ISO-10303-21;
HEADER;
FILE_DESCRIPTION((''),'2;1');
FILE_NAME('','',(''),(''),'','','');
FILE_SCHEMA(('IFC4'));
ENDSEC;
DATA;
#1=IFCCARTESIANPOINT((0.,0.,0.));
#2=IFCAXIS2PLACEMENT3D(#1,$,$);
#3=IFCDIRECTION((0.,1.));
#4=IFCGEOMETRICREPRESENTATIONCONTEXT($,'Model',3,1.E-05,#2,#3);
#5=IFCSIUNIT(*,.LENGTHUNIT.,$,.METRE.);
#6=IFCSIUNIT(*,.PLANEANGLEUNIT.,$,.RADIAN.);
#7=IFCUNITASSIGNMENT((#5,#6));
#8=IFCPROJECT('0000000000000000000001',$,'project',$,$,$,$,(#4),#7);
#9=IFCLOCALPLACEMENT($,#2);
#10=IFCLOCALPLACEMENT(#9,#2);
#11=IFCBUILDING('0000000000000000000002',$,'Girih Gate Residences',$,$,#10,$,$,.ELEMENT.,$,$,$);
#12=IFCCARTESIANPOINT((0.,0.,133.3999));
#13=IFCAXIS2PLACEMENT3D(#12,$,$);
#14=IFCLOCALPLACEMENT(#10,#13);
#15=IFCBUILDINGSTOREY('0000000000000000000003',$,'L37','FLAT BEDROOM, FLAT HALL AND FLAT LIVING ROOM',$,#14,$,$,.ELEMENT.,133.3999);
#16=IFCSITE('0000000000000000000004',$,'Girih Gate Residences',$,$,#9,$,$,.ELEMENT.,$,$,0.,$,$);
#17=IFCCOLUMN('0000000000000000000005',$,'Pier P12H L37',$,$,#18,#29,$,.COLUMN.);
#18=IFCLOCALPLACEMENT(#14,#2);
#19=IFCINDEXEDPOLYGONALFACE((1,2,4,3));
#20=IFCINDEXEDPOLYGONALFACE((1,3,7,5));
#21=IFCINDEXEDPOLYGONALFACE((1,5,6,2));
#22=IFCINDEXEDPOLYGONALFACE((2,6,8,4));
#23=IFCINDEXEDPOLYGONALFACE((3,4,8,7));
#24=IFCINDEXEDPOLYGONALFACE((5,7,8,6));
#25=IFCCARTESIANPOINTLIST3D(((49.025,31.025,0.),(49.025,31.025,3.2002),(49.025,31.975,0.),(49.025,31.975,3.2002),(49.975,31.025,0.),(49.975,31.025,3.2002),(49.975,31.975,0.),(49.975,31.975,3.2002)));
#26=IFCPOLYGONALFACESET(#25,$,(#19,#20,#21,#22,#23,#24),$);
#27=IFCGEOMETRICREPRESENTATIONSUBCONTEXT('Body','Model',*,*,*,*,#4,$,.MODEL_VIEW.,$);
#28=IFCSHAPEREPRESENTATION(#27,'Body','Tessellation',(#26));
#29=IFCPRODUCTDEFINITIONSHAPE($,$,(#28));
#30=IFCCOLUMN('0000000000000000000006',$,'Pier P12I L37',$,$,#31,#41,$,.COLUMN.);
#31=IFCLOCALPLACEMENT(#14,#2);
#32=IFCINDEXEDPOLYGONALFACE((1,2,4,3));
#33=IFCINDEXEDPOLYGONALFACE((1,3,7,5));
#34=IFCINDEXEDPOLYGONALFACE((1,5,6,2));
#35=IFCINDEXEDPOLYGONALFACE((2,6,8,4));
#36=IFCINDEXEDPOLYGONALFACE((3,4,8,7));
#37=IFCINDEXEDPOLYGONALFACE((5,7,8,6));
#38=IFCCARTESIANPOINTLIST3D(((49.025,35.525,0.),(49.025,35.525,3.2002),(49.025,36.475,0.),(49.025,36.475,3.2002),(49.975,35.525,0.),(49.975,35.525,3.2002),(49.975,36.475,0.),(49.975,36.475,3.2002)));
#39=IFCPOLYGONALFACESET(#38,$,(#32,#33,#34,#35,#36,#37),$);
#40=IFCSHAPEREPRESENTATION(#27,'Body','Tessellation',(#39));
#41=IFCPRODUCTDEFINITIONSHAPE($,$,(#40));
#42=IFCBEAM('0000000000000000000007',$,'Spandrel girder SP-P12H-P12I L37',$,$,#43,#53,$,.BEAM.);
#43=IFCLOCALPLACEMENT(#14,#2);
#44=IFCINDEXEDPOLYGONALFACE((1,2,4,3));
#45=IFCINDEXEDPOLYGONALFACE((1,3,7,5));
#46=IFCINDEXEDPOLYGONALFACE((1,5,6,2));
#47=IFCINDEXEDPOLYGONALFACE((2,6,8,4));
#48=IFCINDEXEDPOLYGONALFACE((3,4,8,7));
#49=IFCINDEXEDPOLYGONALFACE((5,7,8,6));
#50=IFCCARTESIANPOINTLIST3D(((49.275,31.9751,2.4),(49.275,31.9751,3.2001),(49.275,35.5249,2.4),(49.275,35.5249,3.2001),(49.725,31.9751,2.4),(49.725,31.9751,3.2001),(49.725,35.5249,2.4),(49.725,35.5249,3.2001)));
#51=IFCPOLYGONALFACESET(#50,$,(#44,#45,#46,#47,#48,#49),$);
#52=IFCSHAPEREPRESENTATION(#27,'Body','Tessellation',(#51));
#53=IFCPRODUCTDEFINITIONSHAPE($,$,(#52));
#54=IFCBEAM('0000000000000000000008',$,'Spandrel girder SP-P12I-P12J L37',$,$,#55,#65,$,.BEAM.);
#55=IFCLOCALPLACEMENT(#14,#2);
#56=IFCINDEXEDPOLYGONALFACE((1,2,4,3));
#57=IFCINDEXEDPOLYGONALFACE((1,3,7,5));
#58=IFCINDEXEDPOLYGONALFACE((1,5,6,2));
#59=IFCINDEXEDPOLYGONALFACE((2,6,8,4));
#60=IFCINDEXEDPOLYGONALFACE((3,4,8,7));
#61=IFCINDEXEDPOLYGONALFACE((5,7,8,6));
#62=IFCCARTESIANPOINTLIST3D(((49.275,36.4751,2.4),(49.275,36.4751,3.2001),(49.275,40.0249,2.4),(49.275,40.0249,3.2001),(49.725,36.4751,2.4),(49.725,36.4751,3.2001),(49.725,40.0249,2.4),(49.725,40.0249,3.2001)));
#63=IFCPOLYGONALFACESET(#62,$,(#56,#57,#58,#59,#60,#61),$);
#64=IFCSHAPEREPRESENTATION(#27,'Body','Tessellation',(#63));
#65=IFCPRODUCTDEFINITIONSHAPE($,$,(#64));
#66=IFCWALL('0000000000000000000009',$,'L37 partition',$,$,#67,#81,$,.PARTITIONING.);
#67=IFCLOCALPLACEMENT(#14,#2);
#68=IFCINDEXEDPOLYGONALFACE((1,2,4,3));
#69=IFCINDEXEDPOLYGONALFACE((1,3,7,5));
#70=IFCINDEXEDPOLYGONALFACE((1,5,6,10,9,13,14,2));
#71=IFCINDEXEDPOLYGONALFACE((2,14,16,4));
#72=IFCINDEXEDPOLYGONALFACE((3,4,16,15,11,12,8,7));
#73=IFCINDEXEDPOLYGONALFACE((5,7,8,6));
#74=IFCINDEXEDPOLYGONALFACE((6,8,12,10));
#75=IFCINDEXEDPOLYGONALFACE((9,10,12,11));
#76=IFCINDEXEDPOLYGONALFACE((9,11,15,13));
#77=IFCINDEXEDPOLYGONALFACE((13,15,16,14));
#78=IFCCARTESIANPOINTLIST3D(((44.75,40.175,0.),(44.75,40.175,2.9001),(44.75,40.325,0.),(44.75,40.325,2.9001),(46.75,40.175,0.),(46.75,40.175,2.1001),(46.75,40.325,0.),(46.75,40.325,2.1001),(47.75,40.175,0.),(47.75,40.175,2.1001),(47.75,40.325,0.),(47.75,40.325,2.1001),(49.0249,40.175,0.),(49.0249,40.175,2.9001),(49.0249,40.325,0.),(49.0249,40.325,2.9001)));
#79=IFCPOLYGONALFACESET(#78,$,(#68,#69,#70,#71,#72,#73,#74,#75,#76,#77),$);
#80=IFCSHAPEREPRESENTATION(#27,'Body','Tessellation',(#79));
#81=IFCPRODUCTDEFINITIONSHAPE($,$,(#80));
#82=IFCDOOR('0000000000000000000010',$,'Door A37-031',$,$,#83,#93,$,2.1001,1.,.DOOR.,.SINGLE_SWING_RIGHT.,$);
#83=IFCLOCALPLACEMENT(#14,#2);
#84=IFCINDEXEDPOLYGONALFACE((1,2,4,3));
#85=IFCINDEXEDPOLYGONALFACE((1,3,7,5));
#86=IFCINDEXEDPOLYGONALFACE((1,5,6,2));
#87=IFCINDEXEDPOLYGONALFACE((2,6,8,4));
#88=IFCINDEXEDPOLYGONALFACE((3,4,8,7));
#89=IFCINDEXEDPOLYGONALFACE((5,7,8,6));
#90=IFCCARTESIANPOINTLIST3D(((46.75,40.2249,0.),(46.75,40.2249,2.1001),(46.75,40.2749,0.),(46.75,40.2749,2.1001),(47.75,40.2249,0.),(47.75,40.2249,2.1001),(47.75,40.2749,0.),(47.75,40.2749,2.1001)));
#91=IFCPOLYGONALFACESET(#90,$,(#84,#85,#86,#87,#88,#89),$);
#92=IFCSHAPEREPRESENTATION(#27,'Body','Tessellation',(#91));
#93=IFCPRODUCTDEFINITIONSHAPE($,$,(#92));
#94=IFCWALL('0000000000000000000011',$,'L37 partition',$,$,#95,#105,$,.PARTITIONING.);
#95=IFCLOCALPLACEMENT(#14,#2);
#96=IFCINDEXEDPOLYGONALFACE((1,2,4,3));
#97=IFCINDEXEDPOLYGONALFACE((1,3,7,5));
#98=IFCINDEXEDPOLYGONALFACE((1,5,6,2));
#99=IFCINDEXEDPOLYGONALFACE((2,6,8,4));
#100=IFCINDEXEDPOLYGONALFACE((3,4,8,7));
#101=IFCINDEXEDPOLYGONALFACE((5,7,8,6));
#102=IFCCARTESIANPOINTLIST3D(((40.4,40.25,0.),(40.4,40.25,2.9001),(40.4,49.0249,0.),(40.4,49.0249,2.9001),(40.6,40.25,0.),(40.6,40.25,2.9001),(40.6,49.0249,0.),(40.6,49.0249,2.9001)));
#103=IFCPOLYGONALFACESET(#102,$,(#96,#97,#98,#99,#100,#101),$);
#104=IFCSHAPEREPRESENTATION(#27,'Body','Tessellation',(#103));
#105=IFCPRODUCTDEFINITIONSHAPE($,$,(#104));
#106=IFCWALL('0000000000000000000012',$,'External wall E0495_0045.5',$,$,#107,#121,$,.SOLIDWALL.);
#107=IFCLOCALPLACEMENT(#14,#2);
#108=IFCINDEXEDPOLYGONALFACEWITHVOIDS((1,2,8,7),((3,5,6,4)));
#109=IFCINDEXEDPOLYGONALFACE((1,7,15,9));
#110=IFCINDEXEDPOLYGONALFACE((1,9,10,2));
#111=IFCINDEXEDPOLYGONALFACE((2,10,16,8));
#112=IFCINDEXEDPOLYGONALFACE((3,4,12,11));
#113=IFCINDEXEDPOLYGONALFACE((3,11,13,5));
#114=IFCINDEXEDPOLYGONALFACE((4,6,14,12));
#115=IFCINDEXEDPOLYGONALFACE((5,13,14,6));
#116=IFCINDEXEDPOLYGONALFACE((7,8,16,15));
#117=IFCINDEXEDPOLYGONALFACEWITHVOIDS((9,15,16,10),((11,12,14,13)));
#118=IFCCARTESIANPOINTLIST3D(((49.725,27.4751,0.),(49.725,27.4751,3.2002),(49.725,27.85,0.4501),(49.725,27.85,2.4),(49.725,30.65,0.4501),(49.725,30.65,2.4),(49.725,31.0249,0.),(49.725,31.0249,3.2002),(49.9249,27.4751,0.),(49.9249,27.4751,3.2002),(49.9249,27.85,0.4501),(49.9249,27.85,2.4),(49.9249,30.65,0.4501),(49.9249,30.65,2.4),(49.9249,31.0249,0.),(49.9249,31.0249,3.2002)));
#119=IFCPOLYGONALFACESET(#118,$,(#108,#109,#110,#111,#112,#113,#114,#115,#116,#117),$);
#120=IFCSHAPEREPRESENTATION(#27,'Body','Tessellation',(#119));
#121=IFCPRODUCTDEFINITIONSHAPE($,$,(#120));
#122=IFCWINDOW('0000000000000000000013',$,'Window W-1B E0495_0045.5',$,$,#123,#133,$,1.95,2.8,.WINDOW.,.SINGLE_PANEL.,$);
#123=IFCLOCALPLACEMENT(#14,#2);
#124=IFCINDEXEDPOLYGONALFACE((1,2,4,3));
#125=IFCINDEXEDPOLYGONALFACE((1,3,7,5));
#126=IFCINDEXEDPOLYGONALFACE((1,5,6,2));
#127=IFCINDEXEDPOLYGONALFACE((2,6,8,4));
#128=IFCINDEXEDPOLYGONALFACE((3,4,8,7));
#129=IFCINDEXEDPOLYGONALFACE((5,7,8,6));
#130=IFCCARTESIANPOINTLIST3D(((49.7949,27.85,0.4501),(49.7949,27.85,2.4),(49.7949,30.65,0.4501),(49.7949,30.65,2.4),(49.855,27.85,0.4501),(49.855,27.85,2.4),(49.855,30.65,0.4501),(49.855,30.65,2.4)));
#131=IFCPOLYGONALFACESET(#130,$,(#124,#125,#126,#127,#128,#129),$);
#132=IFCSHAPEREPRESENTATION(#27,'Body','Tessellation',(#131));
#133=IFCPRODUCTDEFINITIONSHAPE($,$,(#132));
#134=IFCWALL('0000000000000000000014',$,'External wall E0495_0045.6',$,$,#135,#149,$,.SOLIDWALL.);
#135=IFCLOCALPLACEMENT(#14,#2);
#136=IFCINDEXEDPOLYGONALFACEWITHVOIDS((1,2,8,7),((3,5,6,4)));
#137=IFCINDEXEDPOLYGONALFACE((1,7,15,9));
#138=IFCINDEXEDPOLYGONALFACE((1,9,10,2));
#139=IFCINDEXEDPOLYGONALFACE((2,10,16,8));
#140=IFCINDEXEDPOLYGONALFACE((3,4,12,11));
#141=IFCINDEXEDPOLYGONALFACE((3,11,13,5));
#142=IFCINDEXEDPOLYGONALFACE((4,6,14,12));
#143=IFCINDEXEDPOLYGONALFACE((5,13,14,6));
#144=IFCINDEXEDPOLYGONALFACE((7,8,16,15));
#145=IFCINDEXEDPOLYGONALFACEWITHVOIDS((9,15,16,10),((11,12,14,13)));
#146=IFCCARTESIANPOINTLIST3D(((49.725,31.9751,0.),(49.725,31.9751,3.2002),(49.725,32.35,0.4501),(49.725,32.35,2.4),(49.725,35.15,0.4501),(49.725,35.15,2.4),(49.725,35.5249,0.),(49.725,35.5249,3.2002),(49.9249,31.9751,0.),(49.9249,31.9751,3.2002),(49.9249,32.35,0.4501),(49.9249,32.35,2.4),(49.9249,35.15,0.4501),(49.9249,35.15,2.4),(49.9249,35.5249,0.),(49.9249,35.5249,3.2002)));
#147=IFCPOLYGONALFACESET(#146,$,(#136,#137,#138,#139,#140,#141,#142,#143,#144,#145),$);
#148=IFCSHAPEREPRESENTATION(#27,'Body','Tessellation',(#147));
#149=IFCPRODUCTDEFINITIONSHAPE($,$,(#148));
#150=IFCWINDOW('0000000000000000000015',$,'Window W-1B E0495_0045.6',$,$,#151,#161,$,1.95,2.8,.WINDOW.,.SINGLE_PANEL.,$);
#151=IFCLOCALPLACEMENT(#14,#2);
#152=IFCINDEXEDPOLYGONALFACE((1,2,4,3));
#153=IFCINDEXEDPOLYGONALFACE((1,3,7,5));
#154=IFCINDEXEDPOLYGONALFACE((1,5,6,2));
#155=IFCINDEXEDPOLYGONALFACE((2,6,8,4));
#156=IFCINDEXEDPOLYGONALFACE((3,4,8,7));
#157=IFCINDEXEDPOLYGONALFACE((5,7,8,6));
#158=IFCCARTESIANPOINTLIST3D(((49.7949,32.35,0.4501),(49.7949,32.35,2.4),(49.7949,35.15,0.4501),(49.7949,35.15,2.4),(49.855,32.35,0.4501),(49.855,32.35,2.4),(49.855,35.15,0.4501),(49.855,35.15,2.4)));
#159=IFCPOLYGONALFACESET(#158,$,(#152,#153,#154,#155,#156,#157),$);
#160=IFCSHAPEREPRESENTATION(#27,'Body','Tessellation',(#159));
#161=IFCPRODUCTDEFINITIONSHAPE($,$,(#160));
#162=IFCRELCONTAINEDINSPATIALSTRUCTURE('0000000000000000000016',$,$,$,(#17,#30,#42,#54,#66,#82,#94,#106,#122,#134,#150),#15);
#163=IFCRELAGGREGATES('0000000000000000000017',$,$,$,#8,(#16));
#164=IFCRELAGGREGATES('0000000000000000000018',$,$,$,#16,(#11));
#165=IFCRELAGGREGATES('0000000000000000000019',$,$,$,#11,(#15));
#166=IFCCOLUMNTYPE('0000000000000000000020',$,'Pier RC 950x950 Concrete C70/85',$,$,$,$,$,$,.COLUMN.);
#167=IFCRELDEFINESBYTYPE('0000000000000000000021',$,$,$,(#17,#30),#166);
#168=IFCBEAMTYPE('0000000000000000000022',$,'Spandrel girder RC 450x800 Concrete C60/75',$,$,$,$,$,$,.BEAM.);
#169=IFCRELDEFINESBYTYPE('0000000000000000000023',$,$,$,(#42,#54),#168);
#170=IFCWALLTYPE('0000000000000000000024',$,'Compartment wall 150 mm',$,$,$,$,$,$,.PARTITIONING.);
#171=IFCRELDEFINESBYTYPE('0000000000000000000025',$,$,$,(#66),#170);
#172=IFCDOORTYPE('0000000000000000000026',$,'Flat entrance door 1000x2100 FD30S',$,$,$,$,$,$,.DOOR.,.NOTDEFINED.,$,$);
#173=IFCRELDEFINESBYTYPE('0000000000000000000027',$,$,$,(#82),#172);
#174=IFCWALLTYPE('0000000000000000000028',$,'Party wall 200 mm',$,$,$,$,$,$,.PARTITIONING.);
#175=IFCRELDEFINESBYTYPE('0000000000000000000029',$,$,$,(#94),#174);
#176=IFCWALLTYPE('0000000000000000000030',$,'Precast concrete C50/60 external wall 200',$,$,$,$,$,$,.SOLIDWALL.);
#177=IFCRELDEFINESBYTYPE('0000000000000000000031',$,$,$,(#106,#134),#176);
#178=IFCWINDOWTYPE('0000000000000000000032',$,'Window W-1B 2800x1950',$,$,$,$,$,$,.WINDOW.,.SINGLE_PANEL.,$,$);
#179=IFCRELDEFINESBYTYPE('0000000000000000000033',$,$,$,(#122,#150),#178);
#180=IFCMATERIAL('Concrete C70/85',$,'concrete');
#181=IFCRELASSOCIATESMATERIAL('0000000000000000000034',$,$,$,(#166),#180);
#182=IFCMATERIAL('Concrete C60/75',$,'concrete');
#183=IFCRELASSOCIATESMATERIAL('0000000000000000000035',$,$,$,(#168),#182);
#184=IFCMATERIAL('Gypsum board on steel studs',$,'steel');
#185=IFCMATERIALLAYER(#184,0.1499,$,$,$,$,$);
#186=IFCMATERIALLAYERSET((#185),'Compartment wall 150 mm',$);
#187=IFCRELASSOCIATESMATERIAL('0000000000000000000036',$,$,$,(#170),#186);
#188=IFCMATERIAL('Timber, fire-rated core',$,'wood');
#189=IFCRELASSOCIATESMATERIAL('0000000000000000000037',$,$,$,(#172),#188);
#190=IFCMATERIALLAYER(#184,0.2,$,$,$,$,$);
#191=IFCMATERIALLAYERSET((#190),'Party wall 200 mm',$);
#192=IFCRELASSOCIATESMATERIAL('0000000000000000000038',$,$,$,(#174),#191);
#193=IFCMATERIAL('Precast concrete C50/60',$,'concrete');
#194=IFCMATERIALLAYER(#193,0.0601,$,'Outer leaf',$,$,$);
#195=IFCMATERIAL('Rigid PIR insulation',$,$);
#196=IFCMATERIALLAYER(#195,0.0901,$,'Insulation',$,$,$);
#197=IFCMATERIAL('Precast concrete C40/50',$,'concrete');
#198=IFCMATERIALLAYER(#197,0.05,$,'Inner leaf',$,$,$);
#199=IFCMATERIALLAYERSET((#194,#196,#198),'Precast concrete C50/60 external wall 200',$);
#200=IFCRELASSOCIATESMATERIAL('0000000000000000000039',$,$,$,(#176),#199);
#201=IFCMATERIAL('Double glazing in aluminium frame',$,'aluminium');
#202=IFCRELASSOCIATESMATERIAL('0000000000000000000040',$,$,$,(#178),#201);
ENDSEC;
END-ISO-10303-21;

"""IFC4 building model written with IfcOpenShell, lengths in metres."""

from ifc_helpers import new_model, si_unit, direction, frame, frame_2d, origin, origin_2d, place, context, subcontext, project, spatial, rectangle, extrude, material, layer, layer_set, material_profile, profile_set, type_object, element, fill, save


model = new_model("IFC4")

# Units and contexts
model_context = context("Model", 3, precision=1e-05, world=origin(), true_north=direction((0.0, 1.0)))
body_context = subcontext(model_context, "Body", "Model", "MODEL_VIEW")
ifc_project = project(units=[si_unit("LENGTHUNIT", "METRE"), si_unit("PLANEANGLEUNIT", "RADIAN")], contexts=[model_context])

# Site, building, storey
site_placement = place(None, origin())
site = spatial("IfcSite", under=ifc_project, at=site_placement, Name="Girih Gate Residences", CompositionType="ELEMENT", RefElevation=0.0)
building_placement = place(site_placement, origin())
building = spatial("IfcBuilding", under=site, at=building_placement, Name="Girih Gate Residences", CompositionType="ELEMENT")
storey_placement = place(building_placement, frame((0.0, 0.0, 133.3999)))
storey = spatial("IfcBuildingStorey", under=building, at=storey_placement, Name="L37", Description="FLAT BEDROOM, FLAT HALL AND FLAT LIVING ROOM", CompositionType="ELEMENT", Elevation=133.3999)

# Columns
ifc_material_1 = material(Name="Concrete C70/85", Category="concrete")
ifc_material_profile_1 = material_profile(ifc_material_1, rectangle(XDim=0.95, YDim=0.95, at=origin_2d()))
ifc_profile_set_1 = profile_set([ifc_material_profile_1], Name="Concrete C70/85")
column_type = type_object("IfcColumnType", Name="Pier RC 950x950 Concrete C70/85", PredefinedType="COLUMN", material=ifc_profile_set_1)
for number, where, z_axis, x_axis, name in (
    (1, (49.5, 31.5, 0.0), (0.0, 0.0, 1.0), (1.0, 0.0, 0.0), "Pier P12H L37"),
    (2, (49.5, 36.0, 0.0), (0.0, 0.0, 1.0), (1.0, 0.0, 0.0), "Pier P12I L37"),
):
    element("IfcColumn", number, at=place(storey_placement, frame(where, z_axis=z_axis, x_axis=x_axis)), inside=storey, type_object=column_type, Name=name, PredefinedType="COLUMN", context=body_context, shape_type="SweptSolid", body=[
        extrude(rectangle(XDim=0.95, YDim=0.95, at=origin_2d()), origin(), (0.0, 0.0, 1.0), 3.2002),
    ])

# Beams
ifc_material_2 = material(Name="Concrete C60/75", Category="concrete")
ifc_material_profile_2 = material_profile(ifc_material_2, rectangle(XDim=0.45, YDim=0.8, at=origin_2d()))
ifc_profile_set_2 = profile_set([ifc_material_profile_2], Name="Concrete C60/75")
beam_type = type_object("IfcBeamType", Name="Spandrel girder RC 450x800 Concrete C60/75", PredefinedType="BEAM", material=ifc_profile_set_2)
for number, where, z_axis, x_axis, name in (
    (3, (49.5, 31.9751, 2.8), (0.0, 1.0, 0.0), (-1.0, 0.0, 0.0), "Spandrel girder SP-P12H-P12I L37"),
    (4, (49.5, 36.4751, 2.8), (0.0, 1.0, 0.0), (-1.0, 0.0, 0.0), "Spandrel girder SP-P12I-P12J L37"),
):
    element("IfcBeam", number, at=place(storey_placement, frame(where, z_axis=z_axis, x_axis=x_axis)), inside=storey, type_object=beam_type, Name=name, PredefinedType="BEAM", context=body_context, shape_type="SweptSolid", body=[
        extrude(rectangle(XDim=0.45, YDim=0.8, at=origin_2d()), origin(), (0.0, 0.0, 1.0), 3.5498),
    ])

# Wall, opening, door
ifc_material_3 = material(Name="Gypsum board on steel studs", Category="steel")
ifc_layer_1 = layer(ifc_material_3, 0.1499)
ifc_layer_set_1 = layer_set([ifc_layer_1], Name="Compartment wall 150 mm")
wall_type_1 = type_object("IfcWallType", Name="Compartment wall 150 mm", PredefinedType="PARTITIONING", material=ifc_layer_set_1)
wall_1_placement = place(storey_placement, frame((44.75, 40.25, 0.0), z_axis=(0.0, 0.0, 1.0), x_axis=(1.0, 0.0, 0.0)))
wall_1 = element("IfcWall", 5, at=wall_1_placement, inside=storey, type_object=wall_type_1, Name="L37 partition", PredefinedType="PARTITIONING", context=body_context, shape_type="SweptSolid", body=[
    extrude(rectangle(XDim=4.2749, YDim=0.1499, at=frame_2d((2.1375, 0.0))), origin(), (0.0, 0.0, 1.0), 2.9001),
])
opening_1_placement = place(wall_1_placement, frame((2.0, 0.0, 0.0)))
opening_1 = element("IfcOpeningElement", 6, at=opening_1_placement, cuts=wall_1, PredefinedType="OPENING", context=body_context, shape_type="SweptSolid", body=[
    extrude(rectangle(XDim=1.0, YDim=2.1001, at=frame_2d((0.5, 1.05))), frame((0.0, 0.085, 0.0), z_axis=(0.0, -1.0, 0.0), x_axis=(1.0, 0.0, 0.0)), (0.0, 0.0, 1.0), 0.1699),
])
ifc_material_4 = material(Name="Timber, fire-rated core", Category="wood")
door_type = type_object("IfcDoorType", Name="Flat entrance door 1000x2100 FD30S", OperationType="NOTDEFINED", PredefinedType="DOOR", material=ifc_material_4)
door_placement = place(opening_1_placement, origin())
door = element("IfcDoor", 7, at=door_placement, inside=storey, type_object=door_type, Name="Door A37-031", OperationType="SINGLE_SWING_RIGHT", OverallHeight=2.1001, OverallWidth=1.0, PredefinedType="DOOR", context=body_context, shape_type="SweptSolid", body=[
    extrude(rectangle(XDim=1.0, YDim=2.1001, at=frame_2d((0.5, 1.05))), frame((0.0, 0.0249, 0.0), z_axis=(0.0, -1.0, 0.0), x_axis=(1.0, 0.0, 0.0)), (0.0, 0.0, 1.0), 0.05),
])
fill(opening_1, door)

# Wall
ifc_layer_2 = layer(ifc_material_3, 0.2)
ifc_layer_set_2 = layer_set([ifc_layer_2], Name="Party wall 200 mm")
wall_type_2 = type_object("IfcWallType", Name="Party wall 200 mm", PredefinedType="PARTITIONING", material=ifc_layer_set_2)
wall_2_placement = place(storey_placement, frame((40.5, 40.25, 0.0), z_axis=(0.0, 0.0, 1.0), x_axis=(0.0, 1.0, 0.0)))
element("IfcWall", 8, at=wall_2_placement, inside=storey, type_object=wall_type_2, Name="L37 partition", PredefinedType="PARTITIONING", context=body_context, shape_type="SweptSolid", body=[
    extrude(rectangle(XDim=8.7749, YDim=0.2, at=frame_2d((4.3875, 0.0))), origin(), (0.0, 0.0, 1.0), 2.9001),
])

# Walls, openings, windows
ifc_material_5 = material(Name="Precast concrete C50/60", Category="concrete")
ifc_layer_3 = layer(ifc_material_5, 0.0601, Name="Outer leaf")
ifc_material_6 = material(Name="Rigid PIR insulation")
ifc_layer_4 = layer(ifc_material_6, 0.0901, Name="Insulation")
ifc_material_7 = material(Name="Precast concrete C40/50", Category="concrete")
ifc_layer_5 = layer(ifc_material_7, 0.05, Name="Inner leaf")
ifc_layer_set_3 = layer_set([ifc_layer_3, ifc_layer_4, ifc_layer_5], Name="Precast concrete C50/60 external wall 200")
wall_type_3 = type_object("IfcWallType", Name="Precast concrete C50/60 external wall 200", PredefinedType="SOLIDWALL", material=ifc_layer_set_3)
wall_3_placement = place(storey_placement, frame((49.825, 31.0249, 0.0), z_axis=(0.0, 0.0, 1.0), x_axis=(0.0, -1.0, 0.0)))
wall_3 = element("IfcWall", 9, at=wall_3_placement, inside=storey, type_object=wall_type_3, Name="External wall E0495_0045.5", PredefinedType="SOLIDWALL", context=body_context, shape_type="SweptSolid", body=[
    extrude(rectangle(XDim=3.5498, YDim=0.2, at=frame_2d((1.7749, 0.0))), origin(), (0.0, 0.0, 1.0), 3.2002),
])
opening_2_placement = place(wall_3_placement, frame((0.375, 0.0, 0.45)))
opening_2 = element("IfcOpeningElement", 10, at=opening_2_placement, cuts=wall_3, PredefinedType="OPENING", context=body_context, shape_type="SweptSolid", body=[
    extrude(rectangle(XDim=2.8, YDim=1.95, at=frame_2d((1.3999, 0.9751))), frame((0.0, 0.1099, 0.0), z_axis=(0.0, -1.0, 0.0), x_axis=(1.0, 0.0, 0.0)), (0.0, 0.0, 1.0), 0.22),
])
ifc_material_8 = material(Name="Double glazing in aluminium frame", Category="aluminium")
window_type = type_object("IfcWindowType", Name="Window W-1B 2800x1950", PartitioningType="SINGLE_PANEL", PredefinedType="WINDOW", material=ifc_material_8)
window_1_placement = place(opening_2_placement, origin())
window_1 = element("IfcWindow", 11, at=window_1_placement, inside=storey, type_object=window_type, Name="Window W-1B E0495_0045.5", OverallHeight=1.95, OverallWidth=2.8, PartitioningType="SINGLE_PANEL", PredefinedType="WINDOW", context=body_context, shape_type="SweptSolid", body=[
    extrude(rectangle(XDim=2.8, YDim=1.95, at=frame_2d((1.3999, 0.9751))), frame((0.0, 0.03, 0.0), z_axis=(0.0, -1.0, 0.0), x_axis=(1.0, 0.0, 0.0)), (0.0, 0.0, 1.0), 0.0601),
])
fill(opening_2, window_1)
wall_4_placement = place(storey_placement, frame((49.825, 35.5249, 0.0), z_axis=(0.0, 0.0, 1.0), x_axis=(0.0, -1.0, 0.0)))
wall_4 = element("IfcWall", 12, at=wall_4_placement, inside=storey, type_object=wall_type_3, Name="External wall E0495_0045.6", PredefinedType="SOLIDWALL", context=body_context, shape_type="SweptSolid", body=[
    extrude(rectangle(XDim=3.5498, YDim=0.2, at=frame_2d((1.7749, 0.0))), origin(), (0.0, 0.0, 1.0), 3.2002),
])
opening_3_placement = place(wall_4_placement, frame((0.375, 0.0, 0.45)))
opening_3 = element("IfcOpeningElement", 13, at=opening_3_placement, cuts=wall_4, PredefinedType="OPENING", context=body_context, shape_type="SweptSolid", body=[
    extrude(rectangle(XDim=2.8, YDim=1.95, at=frame_2d((1.3999, 0.9751))), frame((0.0, 0.1099, 0.0), z_axis=(0.0, -1.0, 0.0), x_axis=(1.0, 0.0, 0.0)), (0.0, 0.0, 1.0), 0.22),
])
window_2_placement = place(opening_3_placement, origin())
window_2 = element("IfcWindow", 14, at=window_2_placement, inside=storey, type_object=window_type, Name="Window W-1B E0495_0045.6", OverallHeight=1.95, OverallWidth=2.8, PartitioningType="SINGLE_PANEL", PredefinedType="WINDOW", context=body_context, shape_type="SweptSolid", body=[
    extrude(rectangle(XDim=2.8, YDim=1.95, at=frame_2d((1.3999, 0.9751))), frame((0.0, 0.03, 0.0), z_axis=(0.0, -1.0, 0.0), x_axis=(1.0, 0.0, 0.0)), (0.0, 0.0, 1.0), 0.0601),
])
fill(opening_3, window_2)

save(model, "model.ifc")
